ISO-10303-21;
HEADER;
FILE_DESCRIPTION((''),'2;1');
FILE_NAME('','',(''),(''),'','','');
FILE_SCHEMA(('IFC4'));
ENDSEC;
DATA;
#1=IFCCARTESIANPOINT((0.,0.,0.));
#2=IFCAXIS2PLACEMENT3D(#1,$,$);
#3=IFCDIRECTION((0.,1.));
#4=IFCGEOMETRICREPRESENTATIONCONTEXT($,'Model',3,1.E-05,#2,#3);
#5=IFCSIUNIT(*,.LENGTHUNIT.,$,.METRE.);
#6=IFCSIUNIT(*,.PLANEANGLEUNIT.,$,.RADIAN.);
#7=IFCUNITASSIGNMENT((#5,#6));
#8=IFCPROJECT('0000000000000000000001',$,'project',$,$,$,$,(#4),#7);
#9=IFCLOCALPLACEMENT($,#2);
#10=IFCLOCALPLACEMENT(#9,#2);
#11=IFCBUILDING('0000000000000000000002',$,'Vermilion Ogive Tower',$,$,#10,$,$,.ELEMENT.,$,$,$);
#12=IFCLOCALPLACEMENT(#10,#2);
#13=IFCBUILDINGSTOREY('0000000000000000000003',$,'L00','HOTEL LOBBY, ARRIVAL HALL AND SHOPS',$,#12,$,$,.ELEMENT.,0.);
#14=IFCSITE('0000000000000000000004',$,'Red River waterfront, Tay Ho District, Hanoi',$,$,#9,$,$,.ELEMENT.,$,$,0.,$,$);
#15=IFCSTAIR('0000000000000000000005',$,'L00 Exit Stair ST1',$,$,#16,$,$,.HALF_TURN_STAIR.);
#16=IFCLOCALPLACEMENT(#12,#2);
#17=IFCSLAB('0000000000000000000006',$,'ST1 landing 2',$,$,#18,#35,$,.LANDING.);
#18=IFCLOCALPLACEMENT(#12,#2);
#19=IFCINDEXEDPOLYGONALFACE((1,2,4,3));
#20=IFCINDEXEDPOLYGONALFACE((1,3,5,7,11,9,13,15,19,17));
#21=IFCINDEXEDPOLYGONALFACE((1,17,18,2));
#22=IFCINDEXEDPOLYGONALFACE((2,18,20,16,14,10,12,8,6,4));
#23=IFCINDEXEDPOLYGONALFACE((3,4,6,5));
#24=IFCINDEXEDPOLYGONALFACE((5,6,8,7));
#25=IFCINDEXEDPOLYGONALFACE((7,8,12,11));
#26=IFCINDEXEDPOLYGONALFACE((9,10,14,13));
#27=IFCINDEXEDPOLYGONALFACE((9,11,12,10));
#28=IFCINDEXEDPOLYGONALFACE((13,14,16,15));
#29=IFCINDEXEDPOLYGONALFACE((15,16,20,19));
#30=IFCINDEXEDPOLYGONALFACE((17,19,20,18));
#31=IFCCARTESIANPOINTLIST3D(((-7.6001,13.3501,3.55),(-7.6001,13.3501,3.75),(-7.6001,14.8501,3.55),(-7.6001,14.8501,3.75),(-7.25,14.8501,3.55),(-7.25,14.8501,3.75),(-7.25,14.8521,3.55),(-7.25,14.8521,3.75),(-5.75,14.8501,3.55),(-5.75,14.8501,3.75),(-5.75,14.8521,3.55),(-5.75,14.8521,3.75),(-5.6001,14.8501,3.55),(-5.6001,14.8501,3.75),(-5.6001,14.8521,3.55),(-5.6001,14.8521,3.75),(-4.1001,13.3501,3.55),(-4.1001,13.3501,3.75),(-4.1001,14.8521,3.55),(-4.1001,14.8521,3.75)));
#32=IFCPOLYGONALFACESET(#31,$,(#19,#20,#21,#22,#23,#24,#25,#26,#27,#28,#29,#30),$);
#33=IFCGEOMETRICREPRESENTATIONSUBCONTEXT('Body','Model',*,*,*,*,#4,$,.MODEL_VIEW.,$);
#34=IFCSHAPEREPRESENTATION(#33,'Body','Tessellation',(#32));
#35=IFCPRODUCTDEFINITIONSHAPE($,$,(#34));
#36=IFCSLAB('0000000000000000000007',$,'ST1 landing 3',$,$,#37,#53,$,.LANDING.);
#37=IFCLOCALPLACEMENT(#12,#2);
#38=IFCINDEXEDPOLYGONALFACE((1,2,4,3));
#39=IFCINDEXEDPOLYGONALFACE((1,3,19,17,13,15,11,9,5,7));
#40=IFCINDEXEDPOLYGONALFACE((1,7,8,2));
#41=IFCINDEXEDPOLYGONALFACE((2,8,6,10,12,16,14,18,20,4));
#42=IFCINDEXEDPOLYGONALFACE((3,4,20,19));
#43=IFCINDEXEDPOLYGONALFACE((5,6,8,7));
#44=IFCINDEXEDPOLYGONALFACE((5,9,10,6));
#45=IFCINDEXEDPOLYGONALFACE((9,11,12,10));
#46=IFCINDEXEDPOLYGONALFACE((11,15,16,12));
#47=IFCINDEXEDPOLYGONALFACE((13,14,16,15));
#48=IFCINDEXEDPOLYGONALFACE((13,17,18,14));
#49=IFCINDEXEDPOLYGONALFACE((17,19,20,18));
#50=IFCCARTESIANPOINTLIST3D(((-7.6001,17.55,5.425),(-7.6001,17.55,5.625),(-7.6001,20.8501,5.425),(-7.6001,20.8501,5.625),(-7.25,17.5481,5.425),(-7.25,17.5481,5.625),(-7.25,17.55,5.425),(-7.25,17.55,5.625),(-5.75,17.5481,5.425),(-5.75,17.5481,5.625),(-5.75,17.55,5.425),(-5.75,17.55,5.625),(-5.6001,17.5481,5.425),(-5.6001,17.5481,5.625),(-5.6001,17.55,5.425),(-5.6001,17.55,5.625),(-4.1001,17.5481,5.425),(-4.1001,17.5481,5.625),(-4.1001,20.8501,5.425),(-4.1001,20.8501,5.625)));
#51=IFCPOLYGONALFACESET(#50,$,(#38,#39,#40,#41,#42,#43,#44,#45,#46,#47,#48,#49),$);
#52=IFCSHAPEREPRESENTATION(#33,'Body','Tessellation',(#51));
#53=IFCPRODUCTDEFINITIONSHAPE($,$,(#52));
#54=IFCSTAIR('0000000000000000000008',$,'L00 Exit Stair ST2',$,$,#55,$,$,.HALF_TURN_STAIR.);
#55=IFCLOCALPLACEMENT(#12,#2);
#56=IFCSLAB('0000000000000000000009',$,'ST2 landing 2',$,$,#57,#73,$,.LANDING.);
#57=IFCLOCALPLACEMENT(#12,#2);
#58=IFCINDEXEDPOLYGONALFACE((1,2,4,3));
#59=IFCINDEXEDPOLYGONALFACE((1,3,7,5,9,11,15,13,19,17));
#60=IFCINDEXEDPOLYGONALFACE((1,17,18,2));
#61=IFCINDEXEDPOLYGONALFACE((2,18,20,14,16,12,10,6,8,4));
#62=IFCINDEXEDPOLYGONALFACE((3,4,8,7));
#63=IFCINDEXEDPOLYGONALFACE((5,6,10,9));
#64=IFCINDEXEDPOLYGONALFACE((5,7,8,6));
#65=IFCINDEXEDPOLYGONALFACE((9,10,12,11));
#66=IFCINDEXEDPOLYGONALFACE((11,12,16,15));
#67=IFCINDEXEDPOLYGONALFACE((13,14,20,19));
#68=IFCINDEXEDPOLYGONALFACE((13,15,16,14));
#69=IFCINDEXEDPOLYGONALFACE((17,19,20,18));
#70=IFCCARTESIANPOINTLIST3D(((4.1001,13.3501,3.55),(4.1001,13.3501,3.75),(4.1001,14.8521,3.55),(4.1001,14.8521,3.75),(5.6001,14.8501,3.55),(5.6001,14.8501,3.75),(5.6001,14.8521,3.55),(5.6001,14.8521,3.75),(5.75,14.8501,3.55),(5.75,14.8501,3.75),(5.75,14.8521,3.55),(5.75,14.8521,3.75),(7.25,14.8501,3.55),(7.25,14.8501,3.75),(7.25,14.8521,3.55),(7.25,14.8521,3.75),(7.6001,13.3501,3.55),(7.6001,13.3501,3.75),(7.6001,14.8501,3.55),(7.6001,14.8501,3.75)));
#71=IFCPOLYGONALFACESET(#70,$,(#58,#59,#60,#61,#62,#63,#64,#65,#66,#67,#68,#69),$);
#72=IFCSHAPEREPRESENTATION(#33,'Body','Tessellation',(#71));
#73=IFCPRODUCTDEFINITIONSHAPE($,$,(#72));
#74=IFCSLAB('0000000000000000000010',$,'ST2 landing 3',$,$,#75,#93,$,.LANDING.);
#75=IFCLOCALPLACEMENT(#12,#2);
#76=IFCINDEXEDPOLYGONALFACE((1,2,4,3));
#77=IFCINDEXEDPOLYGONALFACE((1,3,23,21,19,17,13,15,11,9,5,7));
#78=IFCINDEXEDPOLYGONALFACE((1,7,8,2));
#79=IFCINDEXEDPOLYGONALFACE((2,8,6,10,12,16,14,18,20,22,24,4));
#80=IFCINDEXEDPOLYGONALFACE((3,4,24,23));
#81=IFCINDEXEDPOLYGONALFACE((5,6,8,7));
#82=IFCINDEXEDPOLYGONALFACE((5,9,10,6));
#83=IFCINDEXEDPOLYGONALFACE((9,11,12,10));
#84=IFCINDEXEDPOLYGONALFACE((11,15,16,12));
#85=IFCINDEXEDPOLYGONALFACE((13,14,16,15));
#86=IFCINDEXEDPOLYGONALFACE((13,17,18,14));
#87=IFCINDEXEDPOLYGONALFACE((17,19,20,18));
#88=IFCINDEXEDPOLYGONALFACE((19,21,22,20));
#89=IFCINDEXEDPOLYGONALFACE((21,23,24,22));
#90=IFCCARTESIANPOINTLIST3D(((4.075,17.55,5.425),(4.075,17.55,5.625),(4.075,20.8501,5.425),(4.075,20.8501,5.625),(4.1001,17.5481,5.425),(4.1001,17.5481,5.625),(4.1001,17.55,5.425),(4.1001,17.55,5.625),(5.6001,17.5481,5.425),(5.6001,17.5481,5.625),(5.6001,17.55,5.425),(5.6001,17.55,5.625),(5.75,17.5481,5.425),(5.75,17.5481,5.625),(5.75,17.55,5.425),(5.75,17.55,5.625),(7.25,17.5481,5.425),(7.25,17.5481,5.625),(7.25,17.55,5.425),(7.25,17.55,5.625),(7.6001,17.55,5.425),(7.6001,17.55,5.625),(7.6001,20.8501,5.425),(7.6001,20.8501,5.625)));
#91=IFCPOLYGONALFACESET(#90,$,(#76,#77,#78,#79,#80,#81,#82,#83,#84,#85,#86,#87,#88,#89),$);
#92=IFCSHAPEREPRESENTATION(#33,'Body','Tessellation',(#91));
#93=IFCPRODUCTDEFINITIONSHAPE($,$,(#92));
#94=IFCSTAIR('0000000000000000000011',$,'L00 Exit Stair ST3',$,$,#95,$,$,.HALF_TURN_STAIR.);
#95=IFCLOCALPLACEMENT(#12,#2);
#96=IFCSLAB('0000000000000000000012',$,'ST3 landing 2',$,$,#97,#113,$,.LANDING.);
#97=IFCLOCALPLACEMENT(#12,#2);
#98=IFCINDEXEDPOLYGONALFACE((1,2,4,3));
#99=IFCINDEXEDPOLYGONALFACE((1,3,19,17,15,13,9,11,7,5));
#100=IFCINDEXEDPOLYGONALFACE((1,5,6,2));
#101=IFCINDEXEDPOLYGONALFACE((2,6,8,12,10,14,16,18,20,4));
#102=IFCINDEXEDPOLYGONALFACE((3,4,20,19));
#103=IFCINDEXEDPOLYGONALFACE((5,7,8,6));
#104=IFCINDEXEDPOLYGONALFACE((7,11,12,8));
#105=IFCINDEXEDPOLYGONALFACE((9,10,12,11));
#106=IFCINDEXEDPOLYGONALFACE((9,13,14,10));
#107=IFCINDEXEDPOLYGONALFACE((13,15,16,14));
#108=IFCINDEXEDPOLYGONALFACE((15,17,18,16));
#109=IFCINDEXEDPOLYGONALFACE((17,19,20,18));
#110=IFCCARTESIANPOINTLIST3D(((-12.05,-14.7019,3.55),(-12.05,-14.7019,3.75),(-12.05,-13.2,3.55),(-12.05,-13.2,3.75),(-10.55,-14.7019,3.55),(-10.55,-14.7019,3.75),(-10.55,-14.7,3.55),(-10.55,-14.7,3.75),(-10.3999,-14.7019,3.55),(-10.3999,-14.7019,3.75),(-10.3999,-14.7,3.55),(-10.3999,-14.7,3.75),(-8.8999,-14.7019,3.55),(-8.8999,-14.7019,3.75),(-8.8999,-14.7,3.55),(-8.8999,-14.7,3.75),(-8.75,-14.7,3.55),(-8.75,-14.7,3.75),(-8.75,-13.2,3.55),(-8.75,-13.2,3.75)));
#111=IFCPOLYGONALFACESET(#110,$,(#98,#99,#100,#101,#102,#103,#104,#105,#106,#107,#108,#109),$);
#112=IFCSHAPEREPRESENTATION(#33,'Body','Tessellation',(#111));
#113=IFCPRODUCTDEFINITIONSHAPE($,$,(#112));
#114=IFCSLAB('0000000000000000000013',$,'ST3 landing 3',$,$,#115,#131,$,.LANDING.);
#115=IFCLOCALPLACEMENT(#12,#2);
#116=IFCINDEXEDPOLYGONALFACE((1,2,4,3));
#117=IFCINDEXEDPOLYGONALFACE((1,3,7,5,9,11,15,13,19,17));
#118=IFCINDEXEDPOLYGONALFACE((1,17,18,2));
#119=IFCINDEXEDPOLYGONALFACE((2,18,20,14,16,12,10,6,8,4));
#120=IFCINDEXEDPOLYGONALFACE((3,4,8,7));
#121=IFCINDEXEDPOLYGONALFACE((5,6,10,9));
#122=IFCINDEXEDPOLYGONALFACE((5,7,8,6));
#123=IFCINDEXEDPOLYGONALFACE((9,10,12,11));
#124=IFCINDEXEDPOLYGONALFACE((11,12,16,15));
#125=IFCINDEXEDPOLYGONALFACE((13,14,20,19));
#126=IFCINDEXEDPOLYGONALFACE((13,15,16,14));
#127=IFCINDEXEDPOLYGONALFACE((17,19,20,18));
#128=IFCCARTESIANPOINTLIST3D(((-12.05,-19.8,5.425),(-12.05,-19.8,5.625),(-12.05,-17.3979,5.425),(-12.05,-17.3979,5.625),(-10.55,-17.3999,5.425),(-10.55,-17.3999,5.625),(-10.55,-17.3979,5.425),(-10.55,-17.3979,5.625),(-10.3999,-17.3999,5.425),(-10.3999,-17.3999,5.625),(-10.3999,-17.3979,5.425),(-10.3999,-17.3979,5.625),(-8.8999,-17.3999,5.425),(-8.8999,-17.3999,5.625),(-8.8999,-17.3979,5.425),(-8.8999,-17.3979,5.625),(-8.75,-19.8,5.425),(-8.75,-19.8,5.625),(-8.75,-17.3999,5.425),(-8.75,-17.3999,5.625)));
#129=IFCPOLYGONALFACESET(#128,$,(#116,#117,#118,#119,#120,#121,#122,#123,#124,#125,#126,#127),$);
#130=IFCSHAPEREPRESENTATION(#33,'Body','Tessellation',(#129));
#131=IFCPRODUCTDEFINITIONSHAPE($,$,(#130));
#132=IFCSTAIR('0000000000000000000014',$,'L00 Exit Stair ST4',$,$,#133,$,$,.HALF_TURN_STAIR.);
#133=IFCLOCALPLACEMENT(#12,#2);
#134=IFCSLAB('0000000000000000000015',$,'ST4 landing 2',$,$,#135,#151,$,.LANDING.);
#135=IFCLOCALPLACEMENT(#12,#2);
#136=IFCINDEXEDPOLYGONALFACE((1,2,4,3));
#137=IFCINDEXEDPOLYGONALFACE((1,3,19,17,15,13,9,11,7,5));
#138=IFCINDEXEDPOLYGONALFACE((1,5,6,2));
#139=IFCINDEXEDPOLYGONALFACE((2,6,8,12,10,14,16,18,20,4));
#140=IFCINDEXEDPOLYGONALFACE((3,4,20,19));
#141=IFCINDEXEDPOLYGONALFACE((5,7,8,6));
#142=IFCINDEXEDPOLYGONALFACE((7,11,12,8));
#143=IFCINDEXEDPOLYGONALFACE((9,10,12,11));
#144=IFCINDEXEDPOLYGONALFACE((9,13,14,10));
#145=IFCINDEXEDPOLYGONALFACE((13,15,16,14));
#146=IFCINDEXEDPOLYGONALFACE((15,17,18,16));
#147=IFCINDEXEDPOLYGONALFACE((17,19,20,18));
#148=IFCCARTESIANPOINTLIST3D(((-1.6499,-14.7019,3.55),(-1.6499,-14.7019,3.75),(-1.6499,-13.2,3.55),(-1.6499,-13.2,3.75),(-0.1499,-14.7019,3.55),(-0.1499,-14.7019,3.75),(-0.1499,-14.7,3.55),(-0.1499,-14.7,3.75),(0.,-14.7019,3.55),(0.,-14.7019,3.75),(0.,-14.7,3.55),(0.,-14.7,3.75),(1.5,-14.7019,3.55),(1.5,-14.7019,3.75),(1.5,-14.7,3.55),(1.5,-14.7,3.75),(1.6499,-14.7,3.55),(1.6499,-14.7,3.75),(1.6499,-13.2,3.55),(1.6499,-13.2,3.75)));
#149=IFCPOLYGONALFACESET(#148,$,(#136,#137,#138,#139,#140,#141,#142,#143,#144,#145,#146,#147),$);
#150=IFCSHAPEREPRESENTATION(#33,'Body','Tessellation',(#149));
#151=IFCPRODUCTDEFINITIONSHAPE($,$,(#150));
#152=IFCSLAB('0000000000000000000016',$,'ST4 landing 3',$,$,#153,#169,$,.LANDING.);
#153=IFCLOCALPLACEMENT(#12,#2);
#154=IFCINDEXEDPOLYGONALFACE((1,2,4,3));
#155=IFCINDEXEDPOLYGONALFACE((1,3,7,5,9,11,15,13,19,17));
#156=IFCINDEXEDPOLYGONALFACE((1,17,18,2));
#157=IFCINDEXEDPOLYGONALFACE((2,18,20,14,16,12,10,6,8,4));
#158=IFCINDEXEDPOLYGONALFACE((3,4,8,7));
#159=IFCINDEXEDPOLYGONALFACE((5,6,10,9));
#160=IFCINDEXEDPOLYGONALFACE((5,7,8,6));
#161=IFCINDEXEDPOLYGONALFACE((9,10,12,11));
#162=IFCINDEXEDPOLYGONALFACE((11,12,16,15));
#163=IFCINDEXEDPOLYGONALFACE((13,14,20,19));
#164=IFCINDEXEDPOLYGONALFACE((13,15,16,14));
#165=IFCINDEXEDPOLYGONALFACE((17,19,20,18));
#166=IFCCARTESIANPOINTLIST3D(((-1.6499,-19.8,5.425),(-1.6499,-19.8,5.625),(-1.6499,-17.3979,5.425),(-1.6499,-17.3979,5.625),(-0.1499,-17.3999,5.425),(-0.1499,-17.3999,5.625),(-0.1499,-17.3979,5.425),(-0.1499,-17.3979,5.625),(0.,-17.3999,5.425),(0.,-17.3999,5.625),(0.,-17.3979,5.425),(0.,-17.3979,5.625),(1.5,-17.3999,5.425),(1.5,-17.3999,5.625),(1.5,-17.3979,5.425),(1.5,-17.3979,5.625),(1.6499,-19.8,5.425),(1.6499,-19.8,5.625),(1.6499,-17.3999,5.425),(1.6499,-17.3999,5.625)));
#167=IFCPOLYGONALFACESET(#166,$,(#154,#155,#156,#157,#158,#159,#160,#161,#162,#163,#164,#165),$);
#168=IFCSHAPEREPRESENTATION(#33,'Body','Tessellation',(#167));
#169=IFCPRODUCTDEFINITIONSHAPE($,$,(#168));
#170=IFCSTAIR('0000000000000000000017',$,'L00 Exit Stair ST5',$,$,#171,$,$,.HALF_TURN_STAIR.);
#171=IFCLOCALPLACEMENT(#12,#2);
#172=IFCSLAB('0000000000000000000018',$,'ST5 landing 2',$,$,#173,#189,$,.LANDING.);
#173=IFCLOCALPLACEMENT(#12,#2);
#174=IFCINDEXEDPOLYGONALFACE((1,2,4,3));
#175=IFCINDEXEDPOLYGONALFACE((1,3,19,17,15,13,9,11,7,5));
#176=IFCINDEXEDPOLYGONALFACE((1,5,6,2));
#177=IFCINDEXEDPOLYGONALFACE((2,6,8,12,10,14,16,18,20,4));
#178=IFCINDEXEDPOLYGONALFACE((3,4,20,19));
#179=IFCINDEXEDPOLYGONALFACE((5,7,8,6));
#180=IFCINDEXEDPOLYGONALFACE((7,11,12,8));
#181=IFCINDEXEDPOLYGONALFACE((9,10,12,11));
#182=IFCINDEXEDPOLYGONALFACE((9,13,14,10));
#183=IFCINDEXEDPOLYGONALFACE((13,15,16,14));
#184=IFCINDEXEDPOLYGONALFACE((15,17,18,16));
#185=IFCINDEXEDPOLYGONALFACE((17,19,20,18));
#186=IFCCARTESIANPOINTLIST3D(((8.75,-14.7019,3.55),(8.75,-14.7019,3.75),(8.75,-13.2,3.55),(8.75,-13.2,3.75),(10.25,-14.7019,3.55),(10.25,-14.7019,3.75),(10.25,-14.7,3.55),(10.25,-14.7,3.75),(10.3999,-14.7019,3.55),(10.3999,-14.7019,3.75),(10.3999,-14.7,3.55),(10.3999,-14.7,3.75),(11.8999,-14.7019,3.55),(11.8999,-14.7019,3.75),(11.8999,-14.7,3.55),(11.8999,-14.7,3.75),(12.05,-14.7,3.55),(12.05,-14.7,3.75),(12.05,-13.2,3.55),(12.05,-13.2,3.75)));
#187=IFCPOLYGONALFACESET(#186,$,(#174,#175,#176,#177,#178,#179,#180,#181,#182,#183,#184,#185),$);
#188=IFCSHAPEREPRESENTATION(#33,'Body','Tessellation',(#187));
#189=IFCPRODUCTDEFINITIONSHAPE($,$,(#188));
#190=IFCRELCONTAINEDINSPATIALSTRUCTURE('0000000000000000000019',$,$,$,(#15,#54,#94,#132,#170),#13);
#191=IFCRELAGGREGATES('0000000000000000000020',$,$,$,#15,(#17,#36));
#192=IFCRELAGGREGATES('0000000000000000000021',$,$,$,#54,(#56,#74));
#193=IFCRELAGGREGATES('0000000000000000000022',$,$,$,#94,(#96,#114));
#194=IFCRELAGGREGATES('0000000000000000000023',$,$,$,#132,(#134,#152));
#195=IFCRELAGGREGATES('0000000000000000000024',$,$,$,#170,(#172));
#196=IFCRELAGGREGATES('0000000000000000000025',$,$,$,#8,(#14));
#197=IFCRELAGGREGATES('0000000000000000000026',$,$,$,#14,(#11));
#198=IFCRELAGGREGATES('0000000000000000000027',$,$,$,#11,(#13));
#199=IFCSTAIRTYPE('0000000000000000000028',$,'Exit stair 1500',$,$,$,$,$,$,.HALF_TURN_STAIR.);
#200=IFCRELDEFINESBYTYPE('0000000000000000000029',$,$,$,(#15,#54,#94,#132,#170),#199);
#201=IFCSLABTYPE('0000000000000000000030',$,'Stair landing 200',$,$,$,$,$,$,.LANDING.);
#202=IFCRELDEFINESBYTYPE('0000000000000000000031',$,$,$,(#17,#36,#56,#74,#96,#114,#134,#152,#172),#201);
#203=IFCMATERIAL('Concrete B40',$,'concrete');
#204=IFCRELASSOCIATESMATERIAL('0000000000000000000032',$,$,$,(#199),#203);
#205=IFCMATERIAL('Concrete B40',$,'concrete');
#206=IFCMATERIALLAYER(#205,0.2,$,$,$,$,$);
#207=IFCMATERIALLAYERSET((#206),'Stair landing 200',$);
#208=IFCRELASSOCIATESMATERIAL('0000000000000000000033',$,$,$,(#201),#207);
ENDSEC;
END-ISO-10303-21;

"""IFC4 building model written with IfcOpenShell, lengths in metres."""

from ifc_helpers import new_model, si_unit, direction, frame, origin, place, context, subcontext, project, spatial, polyline, outline, extrude, material, layer, layer_set, type_object, element, aggregate, save


model = new_model("IFC4")

# Units and contexts
model_context = context("Model", 3, precision=1e-05, world=origin(), true_north=direction((0.0, 1.0)))
body_context = subcontext(model_context, "Body", "Model", "MODEL_VIEW")
ifc_project = project(units=[si_unit("LENGTHUNIT", "METRE"), si_unit("PLANEANGLEUNIT", "RADIAN")], contexts=[model_context])

# Site, building, storey
site_placement = place(None, origin())
site = spatial("IfcSite", under=ifc_project, at=site_placement, Name="Red River waterfront, Tay Ho District, Hanoi", CompositionType="ELEMENT", RefElevation=0.0)
building_placement = place(site_placement, origin())
building = spatial("IfcBuilding", under=site, at=building_placement, Name="Vermilion Ogive Tower", CompositionType="ELEMENT")
storey_placement = place(building_placement, origin())
storey = spatial("IfcBuildingStorey", under=building, at=storey_placement, Name="L00", Description="HOTEL LOBBY, ARRIVAL HALL AND SHOPS", CompositionType="ELEMENT", Elevation=0.0)

# Stairs, slabs
ifc_material_1 = material(Name="Concrete B40", Category="concrete")
stair_type = type_object("IfcStairType", Name="Exit stair 1500", PredefinedType="HALF_TURN_STAIR", material=ifc_material_1)
stair_1_placement = place(storey_placement, origin())
stair_1 = element("IfcStair", 1, at=stair_1_placement, inside=storey, type_object=stair_type, Name="L00 Exit Stair ST1", PredefinedType="HALF_TURN_STAIR")
ifc_material_2 = material(Name="Concrete B40", Category="concrete")
ifc_layer = layer(ifc_material_2, 0.2)
ifc_layer_set = layer_set([ifc_layer], Name="Stair landing 200")
slab_type = type_object("IfcSlabType", Name="Stair landing 200", PredefinedType="LANDING", material=ifc_layer_set)
slab_1_placement = place(storey_placement, frame((0.0, 0.0, 3.55)))
slab_1 = element("IfcSlab", 2, at=slab_1_placement, type_object=slab_type, Name="ST1 landing 2", PredefinedType="LANDING", context=body_context, shape_type="SweptSolid", body=[
    extrude(outline(polyline([(-4.1001, 13.3501), (-4.1001, 14.8521), (-5.6001, 14.8521), (-5.6001, 14.8501), (-5.75, 14.8501), (-5.75, 14.8521), (-7.25, 14.8521), (-7.25, 14.8501), (-7.6001, 14.8501), (-7.6001, 13.3501), (-4.1001, 13.3501)])), origin(), (0.0, 0.0, 1.0), 0.2),
])
slab_2_placement = place(storey_placement, frame((0.0, 0.0, 5.425)))
slab_2 = element("IfcSlab", 3, at=slab_2_placement, type_object=slab_type, Name="ST1 landing 3", PredefinedType="LANDING", context=body_context, shape_type="SweptSolid", body=[
    extrude(outline(polyline([(-7.6001, 17.55), (-7.25, 17.55), (-7.25, 17.5481), (-5.75, 17.5481), (-5.75, 17.55), (-5.6001, 17.55), (-5.6001, 17.5481), (-4.1001, 17.5481), (-4.1001, 20.8501), (-7.6001, 20.8501), (-7.6001, 17.55)])), origin(), (0.0, 0.0, 1.0), 0.2),
])
aggregate(stair_1, [slab_1, slab_2])
stair_2_placement = place(storey_placement, origin())
stair_2 = element("IfcStair", 4, at=stair_2_placement, inside=storey, type_object=stair_type, Name="L00 Exit Stair ST2", PredefinedType="HALF_TURN_STAIR")
slab_3_placement = place(storey_placement, frame((0.0, 0.0, 3.55)))
slab_3 = element("IfcSlab", 5, at=slab_3_placement, type_object=slab_type, Name="ST2 landing 2", PredefinedType="LANDING", context=body_context, shape_type="SweptSolid", body=[
    extrude(outline(polyline([(5.75, 14.8501), (5.6001, 14.8501), (5.6001, 14.8521), (4.1001, 14.8521), (4.1001, 13.3501), (7.6001, 13.3501), (7.6001, 14.8501), (7.25, 14.8501), (7.25, 14.8521), (5.75, 14.8521), (5.75, 14.8501)])), origin(), (0.0, 0.0, 1.0), 0.2),
])
slab_4_placement = place(storey_placement, frame((0.0, 0.0, 5.425)))
slab_4 = element("IfcSlab", 6, at=slab_4_placement, type_object=slab_type, Name="ST2 landing 3", PredefinedType="LANDING", context=body_context, shape_type="SweptSolid", body=[
    extrude(outline(polyline([(5.6001, 17.55), (5.75, 17.55), (5.75, 17.5481), (7.25, 17.5481), (7.25, 17.55), (7.6001, 17.55), (7.6001, 20.8501), (4.075, 20.8501), (4.075, 17.55), (4.1001, 17.55), (4.1001, 17.5481), (5.6001, 17.5481), (5.6001, 17.55)])), origin(), (0.0, 0.0, 1.0), 0.2),
])
aggregate(stair_2, [slab_3, slab_4])
stair_3_placement = place(storey_placement, origin())
stair_3 = element("IfcStair", 7, at=stair_3_placement, inside=storey, type_object=stair_type, Name="L00 Exit Stair ST3", PredefinedType="HALF_TURN_STAIR")
slab_5_placement = place(storey_placement, frame((0.0, 0.0, 3.55)))
slab_5 = element("IfcSlab", 8, at=slab_5_placement, type_object=slab_type, Name="ST3 landing 2", PredefinedType="LANDING", context=body_context, shape_type="SweptSolid", body=[
    extrude(outline(polyline([(-12.05, -13.2), (-12.05, -14.7019), (-10.55, -14.7019), (-10.55, -14.7), (-10.3999, -14.7), (-10.3999, -14.7019), (-8.8999, -14.7019), (-8.8999, -14.7), (-8.75, -14.7), (-8.75, -13.2), (-12.05, -13.2)])), origin(), (0.0, 0.0, 1.0), 0.2),
])
slab_6_placement = place(storey_placement, frame((0.0, 0.0, 5.425)))
slab_6 = element("IfcSlab", 9, at=slab_6_placement, type_object=slab_type, Name="ST3 landing 3", PredefinedType="LANDING", context=body_context, shape_type="SweptSolid", body=[
    extrude(outline(polyline([(-8.75, -17.3999), (-8.8999, -17.3999), (-8.8999, -17.3979), (-10.3999, -17.3979), (-10.3999, -17.3999), (-10.55, -17.3999), (-10.55, -17.3979), (-12.05, -17.3979), (-12.05, -19.8), (-8.75, -19.8), (-8.75, -17.3999)])), origin(), (0.0, 0.0, 1.0), 0.2),
])
aggregate(stair_3, [slab_5, slab_6])
stair_4_placement = place(storey_placement, origin())
stair_4 = element("IfcStair", 10, at=stair_4_placement, inside=storey, type_object=stair_type, Name="L00 Exit Stair ST4", PredefinedType="HALF_TURN_STAIR")
slab_7_placement = place(storey_placement, frame((0.0, 0.0, 3.55)))
slab_7 = element("IfcSlab", 11, at=slab_7_placement, type_object=slab_type, Name="ST4 landing 2", PredefinedType="LANDING", context=body_context, shape_type="SweptSolid", body=[
    extrude(outline(polyline([(-1.6499, -13.2), (-1.6499, -14.7019), (-0.1499, -14.7019), (-0.1499, -14.7), (0.0, -14.7), (0.0, -14.7019), (1.5, -14.7019), (1.5, -14.7), (1.6499, -14.7), (1.6499, -13.2), (-1.6499, -13.2)])), origin(), (0.0, 0.0, 1.0), 0.2),
])
slab_8_placement = place(storey_placement, frame((0.0, 0.0, 5.425)))
slab_8 = element("IfcSlab", 12, at=slab_8_placement, type_object=slab_type, Name="ST4 landing 3", PredefinedType="LANDING", context=body_context, shape_type="SweptSolid", body=[
    extrude(outline(polyline([(1.6499, -17.3999), (1.5, -17.3999), (1.5, -17.3979), (0.0, -17.3979), (0.0, -17.3999), (-0.1499, -17.3999), (-0.1499, -17.3979), (-1.6499, -17.3979), (-1.6499, -19.8), (1.6499, -19.8), (1.6499, -17.3999)])), origin(), (0.0, 0.0, 1.0), 0.2),
])
aggregate(stair_4, [slab_7, slab_8])
stair_5_placement = place(storey_placement, origin())
stair_5 = element("IfcStair", 13, at=stair_5_placement, inside=storey, type_object=stair_type, Name="L00 Exit Stair ST5", PredefinedType="HALF_TURN_STAIR")
slab_9_placement = place(storey_placement, frame((0.0, 0.0, 3.55)))
slab_9 = element("IfcSlab", 14, at=slab_9_placement, type_object=slab_type, Name="ST5 landing 2", PredefinedType="LANDING", context=body_context, shape_type="SweptSolid", body=[
    extrude(outline(polyline([(8.75, -13.2), (8.75, -14.7019), (10.25, -14.7019), (10.25, -14.7), (10.3999, -14.7), (10.3999, -14.7019), (11.8999, -14.7019), (11.8999, -14.7), (12.05, -14.7), (12.05, -13.2), (8.75, -13.2)])), origin(), (0.0, 0.0, 1.0), 0.2),
])
aggregate(stair_5, [slab_9])

save(model, "model.ifc")
